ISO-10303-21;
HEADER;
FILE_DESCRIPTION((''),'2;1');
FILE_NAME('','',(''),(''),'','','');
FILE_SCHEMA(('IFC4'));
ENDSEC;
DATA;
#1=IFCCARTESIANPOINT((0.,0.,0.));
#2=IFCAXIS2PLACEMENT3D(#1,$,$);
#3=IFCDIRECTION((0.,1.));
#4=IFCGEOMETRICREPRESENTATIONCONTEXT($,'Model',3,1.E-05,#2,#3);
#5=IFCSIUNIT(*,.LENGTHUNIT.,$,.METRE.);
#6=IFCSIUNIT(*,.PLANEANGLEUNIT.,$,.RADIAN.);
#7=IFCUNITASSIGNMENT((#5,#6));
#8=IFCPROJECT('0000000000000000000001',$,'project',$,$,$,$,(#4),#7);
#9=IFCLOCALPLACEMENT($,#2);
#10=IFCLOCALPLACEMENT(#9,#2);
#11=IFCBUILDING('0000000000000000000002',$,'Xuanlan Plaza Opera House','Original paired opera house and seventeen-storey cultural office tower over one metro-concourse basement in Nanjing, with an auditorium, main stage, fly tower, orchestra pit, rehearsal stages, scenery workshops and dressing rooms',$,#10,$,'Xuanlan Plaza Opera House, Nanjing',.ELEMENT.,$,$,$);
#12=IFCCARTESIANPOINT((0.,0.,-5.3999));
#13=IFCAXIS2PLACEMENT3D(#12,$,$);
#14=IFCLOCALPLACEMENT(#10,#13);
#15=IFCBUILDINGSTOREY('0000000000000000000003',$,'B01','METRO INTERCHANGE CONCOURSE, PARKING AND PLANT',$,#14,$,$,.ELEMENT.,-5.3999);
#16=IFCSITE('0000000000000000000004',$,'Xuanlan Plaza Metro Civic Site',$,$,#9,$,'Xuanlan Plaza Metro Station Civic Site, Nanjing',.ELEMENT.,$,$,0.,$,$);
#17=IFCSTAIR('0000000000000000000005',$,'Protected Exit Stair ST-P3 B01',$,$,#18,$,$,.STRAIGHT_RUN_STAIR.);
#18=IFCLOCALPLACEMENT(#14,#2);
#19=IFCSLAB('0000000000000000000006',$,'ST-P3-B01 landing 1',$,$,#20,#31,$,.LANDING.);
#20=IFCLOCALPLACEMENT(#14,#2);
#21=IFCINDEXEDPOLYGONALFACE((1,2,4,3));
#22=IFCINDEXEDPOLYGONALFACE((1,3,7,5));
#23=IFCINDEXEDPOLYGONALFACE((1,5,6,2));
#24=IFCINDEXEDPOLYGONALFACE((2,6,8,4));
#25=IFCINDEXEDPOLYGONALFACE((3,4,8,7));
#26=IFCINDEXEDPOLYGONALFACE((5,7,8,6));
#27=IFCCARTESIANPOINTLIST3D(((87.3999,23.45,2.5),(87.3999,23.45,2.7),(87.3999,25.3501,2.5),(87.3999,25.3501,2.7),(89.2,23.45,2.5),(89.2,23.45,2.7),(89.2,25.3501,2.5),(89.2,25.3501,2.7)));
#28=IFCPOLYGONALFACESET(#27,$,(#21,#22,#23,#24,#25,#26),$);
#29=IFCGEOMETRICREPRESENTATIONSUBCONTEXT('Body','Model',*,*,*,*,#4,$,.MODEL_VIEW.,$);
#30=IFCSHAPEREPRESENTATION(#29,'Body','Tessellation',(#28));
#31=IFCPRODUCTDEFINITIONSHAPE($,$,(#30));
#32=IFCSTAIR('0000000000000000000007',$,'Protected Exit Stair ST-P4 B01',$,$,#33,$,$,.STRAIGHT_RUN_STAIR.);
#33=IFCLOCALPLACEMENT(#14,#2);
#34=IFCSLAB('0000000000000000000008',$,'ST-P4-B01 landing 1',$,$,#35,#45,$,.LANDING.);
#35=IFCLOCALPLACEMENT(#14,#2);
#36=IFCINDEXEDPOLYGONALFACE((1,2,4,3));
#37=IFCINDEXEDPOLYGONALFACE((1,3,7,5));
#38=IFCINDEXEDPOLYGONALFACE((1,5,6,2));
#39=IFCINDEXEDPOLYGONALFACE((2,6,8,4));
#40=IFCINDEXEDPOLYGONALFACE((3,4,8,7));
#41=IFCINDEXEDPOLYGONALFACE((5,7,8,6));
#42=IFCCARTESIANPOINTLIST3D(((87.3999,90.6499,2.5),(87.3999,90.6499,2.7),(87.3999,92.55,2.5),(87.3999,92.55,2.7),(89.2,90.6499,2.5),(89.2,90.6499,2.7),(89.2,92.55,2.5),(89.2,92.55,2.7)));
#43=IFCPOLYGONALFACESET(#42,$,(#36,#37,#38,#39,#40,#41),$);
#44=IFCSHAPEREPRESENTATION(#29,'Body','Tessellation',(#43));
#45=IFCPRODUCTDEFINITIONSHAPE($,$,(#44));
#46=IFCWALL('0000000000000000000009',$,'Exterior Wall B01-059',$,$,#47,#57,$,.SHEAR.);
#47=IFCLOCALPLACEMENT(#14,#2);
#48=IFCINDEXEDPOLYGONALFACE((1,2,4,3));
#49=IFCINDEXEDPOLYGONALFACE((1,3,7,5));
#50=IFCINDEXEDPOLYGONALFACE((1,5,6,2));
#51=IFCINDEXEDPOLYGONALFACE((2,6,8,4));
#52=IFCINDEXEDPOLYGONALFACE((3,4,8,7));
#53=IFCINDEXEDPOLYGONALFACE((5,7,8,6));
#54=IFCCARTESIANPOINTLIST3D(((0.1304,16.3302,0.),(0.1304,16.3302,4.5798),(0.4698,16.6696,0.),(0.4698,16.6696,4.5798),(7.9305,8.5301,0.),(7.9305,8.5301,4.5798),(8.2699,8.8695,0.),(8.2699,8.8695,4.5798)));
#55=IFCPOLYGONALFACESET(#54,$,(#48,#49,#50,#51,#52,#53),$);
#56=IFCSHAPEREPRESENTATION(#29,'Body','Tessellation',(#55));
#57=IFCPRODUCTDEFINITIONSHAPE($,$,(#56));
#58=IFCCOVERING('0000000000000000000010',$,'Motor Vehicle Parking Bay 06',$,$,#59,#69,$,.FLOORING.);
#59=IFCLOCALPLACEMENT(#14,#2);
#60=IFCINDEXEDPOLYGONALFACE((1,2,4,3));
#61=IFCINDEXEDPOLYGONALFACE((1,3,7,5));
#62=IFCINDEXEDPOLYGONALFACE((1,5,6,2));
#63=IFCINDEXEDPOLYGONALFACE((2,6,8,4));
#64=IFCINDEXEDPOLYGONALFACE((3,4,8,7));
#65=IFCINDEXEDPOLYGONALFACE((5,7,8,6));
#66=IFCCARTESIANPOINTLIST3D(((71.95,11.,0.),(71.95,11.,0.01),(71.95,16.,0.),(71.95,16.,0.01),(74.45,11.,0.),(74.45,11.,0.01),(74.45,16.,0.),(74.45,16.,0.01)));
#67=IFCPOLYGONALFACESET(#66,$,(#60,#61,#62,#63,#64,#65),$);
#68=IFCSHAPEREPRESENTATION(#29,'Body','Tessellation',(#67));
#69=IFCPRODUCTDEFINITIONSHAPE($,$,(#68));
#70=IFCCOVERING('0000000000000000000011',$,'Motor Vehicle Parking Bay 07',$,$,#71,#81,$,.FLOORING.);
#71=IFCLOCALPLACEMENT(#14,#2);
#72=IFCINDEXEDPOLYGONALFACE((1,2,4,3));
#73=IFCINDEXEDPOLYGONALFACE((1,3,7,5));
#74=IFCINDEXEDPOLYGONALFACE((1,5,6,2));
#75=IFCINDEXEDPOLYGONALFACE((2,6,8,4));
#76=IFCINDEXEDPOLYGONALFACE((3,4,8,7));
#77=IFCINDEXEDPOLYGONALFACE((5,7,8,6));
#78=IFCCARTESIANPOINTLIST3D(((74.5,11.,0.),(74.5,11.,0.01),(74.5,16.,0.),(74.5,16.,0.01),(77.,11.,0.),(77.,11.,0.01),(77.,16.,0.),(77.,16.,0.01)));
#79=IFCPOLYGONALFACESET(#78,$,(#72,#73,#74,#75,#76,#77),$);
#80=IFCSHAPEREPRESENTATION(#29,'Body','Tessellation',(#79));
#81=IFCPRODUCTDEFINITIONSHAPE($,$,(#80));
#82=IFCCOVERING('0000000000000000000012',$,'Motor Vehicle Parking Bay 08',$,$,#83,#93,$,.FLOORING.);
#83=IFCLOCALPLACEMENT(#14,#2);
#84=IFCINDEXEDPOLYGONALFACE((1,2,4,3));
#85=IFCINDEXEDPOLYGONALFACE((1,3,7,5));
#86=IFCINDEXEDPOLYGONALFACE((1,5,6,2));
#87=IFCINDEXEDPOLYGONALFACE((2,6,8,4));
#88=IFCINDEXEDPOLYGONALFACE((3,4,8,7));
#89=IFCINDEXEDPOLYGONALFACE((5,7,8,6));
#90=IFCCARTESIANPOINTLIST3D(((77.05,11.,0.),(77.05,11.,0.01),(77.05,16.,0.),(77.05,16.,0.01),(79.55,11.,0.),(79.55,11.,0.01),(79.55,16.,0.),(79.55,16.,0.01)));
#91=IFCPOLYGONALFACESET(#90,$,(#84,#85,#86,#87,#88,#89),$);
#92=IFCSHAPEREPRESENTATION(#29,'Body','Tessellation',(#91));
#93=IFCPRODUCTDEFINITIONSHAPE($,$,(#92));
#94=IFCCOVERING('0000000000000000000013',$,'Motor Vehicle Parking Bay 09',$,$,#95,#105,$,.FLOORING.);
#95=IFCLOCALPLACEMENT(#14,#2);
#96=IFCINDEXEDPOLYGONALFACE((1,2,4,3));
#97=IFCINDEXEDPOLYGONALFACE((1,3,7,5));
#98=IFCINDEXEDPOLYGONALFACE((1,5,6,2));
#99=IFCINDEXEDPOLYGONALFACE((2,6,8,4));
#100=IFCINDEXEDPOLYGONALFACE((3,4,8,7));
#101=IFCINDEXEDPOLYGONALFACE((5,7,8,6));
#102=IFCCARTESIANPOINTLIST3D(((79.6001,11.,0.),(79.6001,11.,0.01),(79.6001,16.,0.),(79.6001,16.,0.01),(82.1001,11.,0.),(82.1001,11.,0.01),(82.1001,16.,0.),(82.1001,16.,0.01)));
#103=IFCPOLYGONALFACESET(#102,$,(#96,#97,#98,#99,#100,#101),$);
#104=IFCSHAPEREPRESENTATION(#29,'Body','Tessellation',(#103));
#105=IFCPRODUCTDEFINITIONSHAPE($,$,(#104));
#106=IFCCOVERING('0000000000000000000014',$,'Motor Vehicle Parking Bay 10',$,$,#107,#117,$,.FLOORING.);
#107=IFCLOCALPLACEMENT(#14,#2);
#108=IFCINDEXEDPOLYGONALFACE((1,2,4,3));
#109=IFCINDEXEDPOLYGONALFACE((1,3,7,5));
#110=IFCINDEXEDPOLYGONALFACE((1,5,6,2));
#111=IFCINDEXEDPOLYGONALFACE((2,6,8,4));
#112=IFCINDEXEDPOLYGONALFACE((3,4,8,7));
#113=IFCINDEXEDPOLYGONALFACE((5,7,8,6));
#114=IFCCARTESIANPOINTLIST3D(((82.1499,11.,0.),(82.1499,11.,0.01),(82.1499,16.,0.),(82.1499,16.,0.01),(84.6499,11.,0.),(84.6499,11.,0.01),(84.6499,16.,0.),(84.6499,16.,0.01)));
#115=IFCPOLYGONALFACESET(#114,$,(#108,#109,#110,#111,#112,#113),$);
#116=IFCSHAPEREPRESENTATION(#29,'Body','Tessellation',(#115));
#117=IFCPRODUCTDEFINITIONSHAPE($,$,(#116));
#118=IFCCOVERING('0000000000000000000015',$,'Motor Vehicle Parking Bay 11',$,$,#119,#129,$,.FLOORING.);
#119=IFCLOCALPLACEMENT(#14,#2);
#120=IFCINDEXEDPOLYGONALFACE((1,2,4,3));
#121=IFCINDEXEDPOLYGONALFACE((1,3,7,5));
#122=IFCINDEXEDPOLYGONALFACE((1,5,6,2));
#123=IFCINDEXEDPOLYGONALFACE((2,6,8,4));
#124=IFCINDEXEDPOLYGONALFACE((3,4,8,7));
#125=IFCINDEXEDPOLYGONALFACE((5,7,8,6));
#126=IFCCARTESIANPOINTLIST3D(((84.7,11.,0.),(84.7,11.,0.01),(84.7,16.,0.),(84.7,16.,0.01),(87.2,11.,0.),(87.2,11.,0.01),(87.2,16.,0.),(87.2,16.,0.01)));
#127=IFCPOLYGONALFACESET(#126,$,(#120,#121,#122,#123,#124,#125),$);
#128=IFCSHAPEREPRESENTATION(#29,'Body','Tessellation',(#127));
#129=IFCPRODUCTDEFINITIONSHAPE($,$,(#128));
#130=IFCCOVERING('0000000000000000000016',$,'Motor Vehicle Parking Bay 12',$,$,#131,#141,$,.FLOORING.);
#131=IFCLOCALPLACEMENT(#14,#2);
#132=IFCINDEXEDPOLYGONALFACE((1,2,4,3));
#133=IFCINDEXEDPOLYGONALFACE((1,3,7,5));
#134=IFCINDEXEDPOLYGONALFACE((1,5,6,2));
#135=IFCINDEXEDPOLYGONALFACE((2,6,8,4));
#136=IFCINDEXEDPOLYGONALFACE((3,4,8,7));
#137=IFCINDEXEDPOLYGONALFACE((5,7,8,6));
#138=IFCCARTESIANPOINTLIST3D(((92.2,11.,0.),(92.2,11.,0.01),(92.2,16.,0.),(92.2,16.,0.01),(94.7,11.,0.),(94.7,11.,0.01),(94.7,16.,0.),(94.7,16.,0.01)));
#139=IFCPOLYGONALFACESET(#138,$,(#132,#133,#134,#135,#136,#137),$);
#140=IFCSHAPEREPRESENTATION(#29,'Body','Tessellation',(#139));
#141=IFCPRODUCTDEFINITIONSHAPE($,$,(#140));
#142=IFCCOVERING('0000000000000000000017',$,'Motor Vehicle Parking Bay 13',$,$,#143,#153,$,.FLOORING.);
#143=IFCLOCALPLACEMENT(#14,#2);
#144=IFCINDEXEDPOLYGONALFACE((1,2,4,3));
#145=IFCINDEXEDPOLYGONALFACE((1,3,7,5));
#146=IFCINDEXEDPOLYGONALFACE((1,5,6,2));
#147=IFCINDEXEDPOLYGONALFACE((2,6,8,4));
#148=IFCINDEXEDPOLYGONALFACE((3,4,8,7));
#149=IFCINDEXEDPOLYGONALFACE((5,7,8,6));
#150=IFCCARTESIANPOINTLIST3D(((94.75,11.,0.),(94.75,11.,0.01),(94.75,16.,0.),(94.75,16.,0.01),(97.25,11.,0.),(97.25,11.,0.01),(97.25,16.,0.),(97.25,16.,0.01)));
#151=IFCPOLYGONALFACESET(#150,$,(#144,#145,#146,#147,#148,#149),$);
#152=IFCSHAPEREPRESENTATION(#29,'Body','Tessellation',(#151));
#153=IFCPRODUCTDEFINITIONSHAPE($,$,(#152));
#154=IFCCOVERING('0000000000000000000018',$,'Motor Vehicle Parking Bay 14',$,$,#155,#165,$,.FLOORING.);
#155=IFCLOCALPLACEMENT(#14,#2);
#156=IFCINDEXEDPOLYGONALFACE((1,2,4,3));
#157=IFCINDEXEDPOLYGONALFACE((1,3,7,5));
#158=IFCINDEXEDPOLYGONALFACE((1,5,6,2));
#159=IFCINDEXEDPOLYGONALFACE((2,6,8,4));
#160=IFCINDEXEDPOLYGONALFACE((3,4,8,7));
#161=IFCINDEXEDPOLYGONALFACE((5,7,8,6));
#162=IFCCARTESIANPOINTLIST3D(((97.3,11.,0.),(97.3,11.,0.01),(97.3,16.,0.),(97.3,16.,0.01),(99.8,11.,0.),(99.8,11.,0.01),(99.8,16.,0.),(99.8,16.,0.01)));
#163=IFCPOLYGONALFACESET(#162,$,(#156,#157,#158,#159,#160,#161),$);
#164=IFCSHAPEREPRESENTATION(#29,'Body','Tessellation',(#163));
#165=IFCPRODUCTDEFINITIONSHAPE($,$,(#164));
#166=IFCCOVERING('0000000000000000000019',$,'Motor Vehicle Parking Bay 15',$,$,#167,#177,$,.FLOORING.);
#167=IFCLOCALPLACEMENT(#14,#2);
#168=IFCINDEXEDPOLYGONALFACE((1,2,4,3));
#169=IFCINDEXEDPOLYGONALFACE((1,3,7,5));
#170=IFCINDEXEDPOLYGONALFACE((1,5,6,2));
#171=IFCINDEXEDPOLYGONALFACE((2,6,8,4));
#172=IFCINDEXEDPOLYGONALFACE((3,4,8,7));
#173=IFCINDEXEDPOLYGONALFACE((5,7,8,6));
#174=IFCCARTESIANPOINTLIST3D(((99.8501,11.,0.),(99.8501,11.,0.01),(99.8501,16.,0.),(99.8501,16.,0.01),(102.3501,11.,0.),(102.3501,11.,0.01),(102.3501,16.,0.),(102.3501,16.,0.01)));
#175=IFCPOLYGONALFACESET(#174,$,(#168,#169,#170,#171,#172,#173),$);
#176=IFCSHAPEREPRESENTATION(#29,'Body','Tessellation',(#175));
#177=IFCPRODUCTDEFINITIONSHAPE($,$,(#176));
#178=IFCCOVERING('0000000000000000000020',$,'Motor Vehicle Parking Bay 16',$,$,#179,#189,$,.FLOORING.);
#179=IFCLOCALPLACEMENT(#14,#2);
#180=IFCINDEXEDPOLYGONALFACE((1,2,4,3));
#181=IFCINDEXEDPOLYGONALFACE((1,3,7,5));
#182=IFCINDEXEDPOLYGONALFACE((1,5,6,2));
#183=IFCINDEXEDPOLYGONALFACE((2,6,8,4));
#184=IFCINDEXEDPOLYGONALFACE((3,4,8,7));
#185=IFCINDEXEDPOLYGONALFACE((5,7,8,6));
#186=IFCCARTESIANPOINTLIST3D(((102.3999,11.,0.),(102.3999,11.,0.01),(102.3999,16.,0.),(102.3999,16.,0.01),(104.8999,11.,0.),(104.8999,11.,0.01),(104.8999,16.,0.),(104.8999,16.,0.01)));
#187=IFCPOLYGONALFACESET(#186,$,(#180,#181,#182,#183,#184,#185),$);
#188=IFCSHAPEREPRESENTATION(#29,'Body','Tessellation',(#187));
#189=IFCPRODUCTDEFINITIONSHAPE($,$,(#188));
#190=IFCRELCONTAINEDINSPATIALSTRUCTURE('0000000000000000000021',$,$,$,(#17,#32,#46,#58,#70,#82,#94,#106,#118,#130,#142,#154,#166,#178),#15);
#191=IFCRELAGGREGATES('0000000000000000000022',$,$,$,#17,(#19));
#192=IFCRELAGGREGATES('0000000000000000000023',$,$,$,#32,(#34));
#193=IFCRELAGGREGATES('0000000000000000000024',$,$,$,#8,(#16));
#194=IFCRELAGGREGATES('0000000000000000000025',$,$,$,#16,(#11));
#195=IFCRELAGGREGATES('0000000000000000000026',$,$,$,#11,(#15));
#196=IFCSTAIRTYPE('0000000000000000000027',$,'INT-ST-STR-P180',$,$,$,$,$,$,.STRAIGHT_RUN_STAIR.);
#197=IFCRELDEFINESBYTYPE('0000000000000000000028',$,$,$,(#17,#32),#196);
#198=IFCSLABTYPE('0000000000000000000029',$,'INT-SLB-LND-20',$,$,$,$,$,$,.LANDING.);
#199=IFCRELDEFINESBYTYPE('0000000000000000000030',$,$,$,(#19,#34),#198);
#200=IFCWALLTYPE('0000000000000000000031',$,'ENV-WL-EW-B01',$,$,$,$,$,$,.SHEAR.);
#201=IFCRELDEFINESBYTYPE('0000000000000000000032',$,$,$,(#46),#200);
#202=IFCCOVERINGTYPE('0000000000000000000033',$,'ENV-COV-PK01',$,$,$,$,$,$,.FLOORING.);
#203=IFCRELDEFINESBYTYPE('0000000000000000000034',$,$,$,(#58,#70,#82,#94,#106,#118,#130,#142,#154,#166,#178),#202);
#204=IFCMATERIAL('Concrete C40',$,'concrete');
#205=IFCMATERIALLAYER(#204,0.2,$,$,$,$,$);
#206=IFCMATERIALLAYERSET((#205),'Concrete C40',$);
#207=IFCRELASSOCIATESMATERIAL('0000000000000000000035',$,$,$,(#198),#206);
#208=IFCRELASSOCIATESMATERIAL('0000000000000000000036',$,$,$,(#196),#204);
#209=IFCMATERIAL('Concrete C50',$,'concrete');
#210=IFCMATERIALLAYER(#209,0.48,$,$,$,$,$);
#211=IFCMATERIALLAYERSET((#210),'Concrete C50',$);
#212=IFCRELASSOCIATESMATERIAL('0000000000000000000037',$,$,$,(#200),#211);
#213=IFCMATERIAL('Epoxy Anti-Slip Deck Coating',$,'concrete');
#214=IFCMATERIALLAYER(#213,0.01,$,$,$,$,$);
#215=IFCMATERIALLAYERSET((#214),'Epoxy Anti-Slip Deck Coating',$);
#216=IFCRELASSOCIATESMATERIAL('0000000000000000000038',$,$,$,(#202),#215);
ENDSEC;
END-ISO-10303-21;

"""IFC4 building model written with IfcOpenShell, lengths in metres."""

from ifc_helpers import new_model, si_unit, direction, frame, frame_2d, origin, place, context, subcontext, project, spatial, polyline, rectangle, outline, extrude, material, layer, layer_set, type_object, element, aggregate, save


model = new_model("IFC4")

# Units and contexts
model_context = context("Model", 3, precision=1e-05, world=origin(), true_north=direction((0.0, 1.0)))
body_context = subcontext(model_context, "Body", "Model", "MODEL_VIEW")
ifc_project = project(units=[si_unit("LENGTHUNIT", "METRE"), si_unit("PLANEANGLEUNIT", "RADIAN")], contexts=[model_context])

# Site, building, storey
site_placement = place(None, origin())
site = spatial("IfcSite", under=ifc_project, at=site_placement, Name="Xuanlan Plaza Metro Civic Site", LongName="Xuanlan Plaza Metro Station Civic Site, Nanjing", CompositionType="ELEMENT", RefElevation=0.0)
building_placement = place(site_placement, origin())
building = spatial("IfcBuilding", under=site, at=building_placement, Name="Xuanlan Plaza Opera House", Description="Original paired opera house and seventeen-storey cultural office tower over one metro-concourse basement in Nanjing, with an auditorium, main stage, fly tower, orchestra pit, rehearsal stages, scenery workshops and dressing rooms", LongName="Xuanlan Plaza Opera House, Nanjing", CompositionType="ELEMENT")
storey_placement = place(building_placement, frame((0.0, 0.0, -5.3999)))
storey = spatial("IfcBuildingStorey", under=building, at=storey_placement, Name="B01", Description="METRO INTERCHANGE CONCOURSE, PARKING AND PLANT", CompositionType="ELEMENT", Elevation=-5.3999)

# Shared definitions
ifc_material_1 = material(Name="Concrete C40", Category="concrete")

# Stairs, slabs
ifc_layer_1 = layer(ifc_material_1, 0.2)
ifc_layer_set_1 = layer_set([ifc_layer_1], Name="Concrete C40")
slab_type_1 = type_object("IfcSlabType", Name="INT-SLB-LND-20", PredefinedType="LANDING", material=ifc_layer_set_1)
stair_type_1 = type_object("IfcStairType", Name="INT-ST-STR-P180", PredefinedType="STRAIGHT_RUN_STAIR", material=ifc_material_1)
stair_1_placement = place(storey_placement, origin())
stair_1 = element("IfcStair", 1, at=stair_1_placement, inside=storey, type_object=stair_type_1, Name="Protected Exit Stair ST-P3 B01", PredefinedType="STRAIGHT_RUN_STAIR")
slab_1_placement = place(storey_placement, frame((0.0, 0.0, 2.5)))
slab_1 = element("IfcSlab", 2, at=slab_1_placement, type_object=slab_type_1, Name="ST-P3-B01 landing 1", PredefinedType="LANDING", context=body_context, shape_type="SweptSolid", body=[
    extrude(outline(polyline([(87.3999, 23.45), (89.2, 23.45), (89.2, 25.3501), (87.3999, 25.3501), (87.3999, 23.45)])), origin(), (0.0, 0.0, 1.0), 0.2),
])
aggregate(stair_1, [slab_1])
stair_2_placement = place(storey_placement, origin())
stair_2 = element("IfcStair", 3, at=stair_2_placement, inside=storey, type_object=stair_type_1, Name="Protected Exit Stair ST-P4 B01", PredefinedType="STRAIGHT_RUN_STAIR")
slab_2_placement = place(storey_placement, frame((0.0, 0.0, 2.5)))
slab_2 = element("IfcSlab", 4, at=slab_2_placement, type_object=slab_type_1, Name="ST-P4-B01 landing 1", PredefinedType="LANDING", context=body_context, shape_type="SweptSolid", body=[
    extrude(outline(polyline([(87.3999, 90.6499), (89.2, 90.6499), (89.2, 92.55), (87.3999, 92.55), (87.3999, 90.6499)])), origin(), (0.0, 0.0, 1.0), 0.2),
])
aggregate(stair_2, [slab_2])

# Wall
ifc_material_2 = material(Name="Concrete C50", Category="concrete")
ifc_layer_2 = layer(ifc_material_2, 0.48)
ifc_layer_set_2 = layer_set([ifc_layer_2], Name="Concrete C50")
wall_type = type_object("IfcWallType", Name="ENV-WL-EW-B01", PredefinedType="SHEAR", material=ifc_layer_set_2)
wall_placement = place(storey_placement, frame((0.3, 16.5, 0.0), z_axis=(0.0, 0.0, 1.0), x_axis=(0.707107, -0.707107, 0.0)))
element("IfcWall", 5, at=wall_placement, inside=storey, type_object=wall_type, Name="Exterior Wall B01-059", PredefinedType="SHEAR", context=body_context, shape_type="SweptSolid", body=[
    extrude(rectangle(XDim=11.031, YDim=0.48, at=frame_2d((5.5156, 0.0))), origin(), (0.0, 0.0, 1.0), 4.5798),
])

# Coverings
ifc_material_3 = material(Name="Epoxy Anti-Slip Deck Coating", Category="concrete")
ifc_layer_3 = layer(ifc_material_3, 0.01)
ifc_layer_set_3 = layer_set([ifc_layer_3], Name="Epoxy Anti-Slip Deck Coating")
covering_type = type_object("IfcCoveringType", Name="ENV-COV-PK01", PredefinedType="FLOORING", material=ifc_layer_set_3)
covering_1_placement = place(storey_placement, origin())
element("IfcCovering", 6, at=covering_1_placement, inside=storey, type_object=covering_type, Name="Motor Vehicle Parking Bay 06", PredefinedType="FLOORING", context=body_context, shape_type="SweptSolid", body=[
    extrude(outline(polyline([(71.95, 11.0), (74.45, 11.0), (74.45, 16.0), (71.95, 16.0), (71.95, 11.0)])), origin(), (0.0, 0.0, 1.0), 0.01),
])
covering_2_placement = place(storey_placement, origin())
element("IfcCovering", 7, at=covering_2_placement, inside=storey, type_object=covering_type, Name="Motor Vehicle Parking Bay 07", PredefinedType="FLOORING", context=body_context, shape_type="SweptSolid", body=[
    extrude(outline(polyline([(74.5, 11.0), (77.0, 11.0), (77.0, 16.0), (74.5, 16.0), (74.5, 11.0)])), origin(), (0.0, 0.0, 1.0), 0.01),
])
covering_3_placement = place(storey_placement, origin())
element("IfcCovering", 8, at=covering_3_placement, inside=storey, type_object=covering_type, Name="Motor Vehicle Parking Bay 08", PredefinedType="FLOORING", context=body_context, shape_type="SweptSolid", body=[
    extrude(outline(polyline([(77.05, 11.0), (79.55, 11.0), (79.55, 16.0), (77.05, 16.0), (77.05, 11.0)])), origin(), (0.0, 0.0, 1.0), 0.01),
])
covering_4_placement = place(storey_placement, origin())
element("IfcCovering", 9, at=covering_4_placement, inside=storey, type_object=covering_type, Name="Motor Vehicle Parking Bay 09", PredefinedType="FLOORING", context=body_context, shape_type="SweptSolid", body=[
    extrude(outline(polyline([(79.6001, 11.0), (82.1001, 11.0), (82.1001, 16.0), (79.6001, 16.0), (79.6001, 11.0)])), origin(), (0.0, 0.0, 1.0), 0.01),
])
covering_5_placement = place(storey_placement, origin())
element("IfcCovering", 10, at=covering_5_placement, inside=storey, type_object=covering_type, Name="Motor Vehicle Parking Bay 10", PredefinedType="FLOORING", context=body_context, shape_type="SweptSolid", body=[
    extrude(outline(polyline([(82.1499, 11.0), (84.6499, 11.0), (84.6499, 16.0), (82.1499, 16.0), (82.1499, 11.0)])), origin(), (0.0, 0.0, 1.0), 0.01),
])
covering_6_placement = place(storey_placement, origin())
element("IfcCovering", 11, at=covering_6_placement, inside=storey, type_object=covering_type, Name="Motor Vehicle Parking Bay 11", PredefinedType="FLOORING", context=body_context, shape_type="SweptSolid", body=[
    extrude(outline(polyline([(84.7, 11.0), (87.2, 11.0), (87.2, 16.0), (84.7, 16.0), (84.7, 11.0)])), origin(), (0.0, 0.0, 1.0), 0.01),
])
covering_7_placement = place(storey_placement, origin())
element("IfcCovering", 12, at=covering_7_placement, inside=storey, type_object=covering_type, Name="Motor Vehicle Parking Bay 12", PredefinedType="FLOORING", context=body_context, shape_type="SweptSolid", body=[
    extrude(outline(polyline([(92.2, 11.0), (94.7, 11.0), (94.7, 16.0), (92.2, 16.0), (92.2, 11.0)])), origin(), (0.0, 0.0, 1.0), 0.01),
])
covering_8_placement = place(storey_placement, origin())
element("IfcCovering", 13, at=covering_8_placement, inside=storey, type_object=covering_type, Name="Motor Vehicle Parking Bay 13", PredefinedType="FLOORING", context=body_context, shape_type="SweptSolid", body=[
    extrude(outline(polyline([(94.75, 11.0), (97.25, 11.0), (97.25, 16.0), (94.75, 16.0), (94.75, 11.0)])), origin(), (0.0, 0.0, 1.0), 0.01),
])
covering_9_placement = place(storey_placement, origin())
element("IfcCovering", 14, at=covering_9_placement, inside=storey, type_object=covering_type, Name="Motor Vehicle Parking Bay 14", PredefinedType="FLOORING", context=body_context, shape_type="SweptSolid", body=[
    extrude(outline(polyline([(97.3, 11.0), (99.8, 11.0), (99.8, 16.0), (97.3, 16.0), (97.3, 11.0)])), origin(), (0.0, 0.0, 1.0), 0.01),
])
covering_10_placement = place(storey_placement, origin())
element("IfcCovering", 15, at=covering_10_placement, inside=storey, type_object=covering_type, Name="Motor Vehicle Parking Bay 15", PredefinedType="FLOORING", context=body_context, shape_type="SweptSolid", body=[
    extrude(outline(polyline([(99.8501, 11.0), (102.3501, 11.0), (102.3501, 16.0), (99.8501, 16.0), (99.8501, 11.0)])), origin(), (0.0, 0.0, 1.0), 0.01),
])
covering_11_placement = place(storey_placement, origin())
element("IfcCovering", 16, at=covering_11_placement, inside=storey, type_object=covering_type, Name="Motor Vehicle Parking Bay 16", PredefinedType="FLOORING", context=body_context, shape_type="SweptSolid", body=[
    extrude(outline(polyline([(102.3999, 11.0), (104.8999, 11.0), (104.8999, 16.0), (102.3999, 16.0), (102.3999, 11.0)])), origin(), (0.0, 0.0, 1.0), 0.01),
])

save(model, "model.ifc")
